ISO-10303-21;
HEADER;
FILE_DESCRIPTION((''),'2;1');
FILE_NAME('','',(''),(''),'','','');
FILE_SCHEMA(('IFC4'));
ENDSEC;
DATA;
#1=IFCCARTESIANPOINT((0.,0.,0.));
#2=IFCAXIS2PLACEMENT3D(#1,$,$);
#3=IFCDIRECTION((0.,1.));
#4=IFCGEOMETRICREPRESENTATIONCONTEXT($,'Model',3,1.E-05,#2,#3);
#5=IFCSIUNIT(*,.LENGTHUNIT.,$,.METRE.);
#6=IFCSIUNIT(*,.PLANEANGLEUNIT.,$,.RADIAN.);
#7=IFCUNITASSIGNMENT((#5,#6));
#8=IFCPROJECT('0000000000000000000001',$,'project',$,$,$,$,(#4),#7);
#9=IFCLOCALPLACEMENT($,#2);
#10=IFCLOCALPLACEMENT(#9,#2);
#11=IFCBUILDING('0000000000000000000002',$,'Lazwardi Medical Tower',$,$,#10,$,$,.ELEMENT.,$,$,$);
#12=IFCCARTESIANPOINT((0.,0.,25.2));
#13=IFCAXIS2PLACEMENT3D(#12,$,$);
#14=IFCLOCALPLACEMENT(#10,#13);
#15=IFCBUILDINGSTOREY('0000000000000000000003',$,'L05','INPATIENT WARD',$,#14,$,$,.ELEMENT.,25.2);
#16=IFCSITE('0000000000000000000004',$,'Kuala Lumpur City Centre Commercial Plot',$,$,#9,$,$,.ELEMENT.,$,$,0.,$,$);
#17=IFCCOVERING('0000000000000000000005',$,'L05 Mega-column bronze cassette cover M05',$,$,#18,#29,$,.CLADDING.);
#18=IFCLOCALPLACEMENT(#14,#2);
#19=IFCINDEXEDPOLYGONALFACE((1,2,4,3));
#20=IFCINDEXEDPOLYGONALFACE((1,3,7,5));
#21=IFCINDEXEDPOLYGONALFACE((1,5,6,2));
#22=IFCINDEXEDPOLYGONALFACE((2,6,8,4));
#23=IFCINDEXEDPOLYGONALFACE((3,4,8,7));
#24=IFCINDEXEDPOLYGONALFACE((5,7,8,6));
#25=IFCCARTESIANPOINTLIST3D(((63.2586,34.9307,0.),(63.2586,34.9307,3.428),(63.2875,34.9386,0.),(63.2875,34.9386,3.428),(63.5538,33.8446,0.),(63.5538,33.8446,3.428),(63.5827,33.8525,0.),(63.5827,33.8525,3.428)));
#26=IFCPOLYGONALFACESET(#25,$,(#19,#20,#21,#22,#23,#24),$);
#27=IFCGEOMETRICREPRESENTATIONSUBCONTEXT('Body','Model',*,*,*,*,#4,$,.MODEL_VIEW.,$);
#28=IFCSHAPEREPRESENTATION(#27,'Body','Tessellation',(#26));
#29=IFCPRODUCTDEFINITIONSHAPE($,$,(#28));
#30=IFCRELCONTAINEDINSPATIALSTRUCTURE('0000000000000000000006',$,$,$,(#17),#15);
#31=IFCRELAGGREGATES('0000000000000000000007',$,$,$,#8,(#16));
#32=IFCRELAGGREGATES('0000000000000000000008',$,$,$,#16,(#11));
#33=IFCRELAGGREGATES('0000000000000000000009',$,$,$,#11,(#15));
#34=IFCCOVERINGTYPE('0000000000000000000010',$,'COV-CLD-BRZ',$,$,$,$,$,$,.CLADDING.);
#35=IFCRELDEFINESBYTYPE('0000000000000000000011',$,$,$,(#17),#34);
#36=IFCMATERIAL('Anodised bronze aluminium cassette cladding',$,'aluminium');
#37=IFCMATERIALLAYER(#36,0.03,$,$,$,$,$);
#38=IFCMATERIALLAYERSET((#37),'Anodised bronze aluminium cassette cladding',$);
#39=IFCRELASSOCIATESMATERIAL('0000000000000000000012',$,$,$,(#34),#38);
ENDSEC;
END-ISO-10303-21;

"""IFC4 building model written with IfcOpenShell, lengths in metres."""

from ifc_helpers import new_model, si_unit, direction, frame, origin, origin_2d, place, context, subcontext, project, spatial, rectangle, extrude, material, layer, layer_set, type_object, element, save


model = new_model("IFC4")

# Units and contexts
model_context = context("Model", 3, precision=1e-05, world=origin(), true_north=direction((0.0, 1.0)))
body_context = subcontext(model_context, "Body", "Model", "MODEL_VIEW")
ifc_project = project(units=[si_unit("LENGTHUNIT", "METRE"), si_unit("PLANEANGLEUNIT", "RADIAN")], contexts=[model_context])

# Site, building, storey
site_placement = place(None, origin())
site = spatial("IfcSite", under=ifc_project, at=site_placement, Name="Kuala Lumpur City Centre Commercial Plot", CompositionType="ELEMENT", RefElevation=0.0)
building_placement = place(site_placement, origin())
building = spatial("IfcBuilding", under=site, at=building_placement, Name="Lazwardi Medical Tower", CompositionType="ELEMENT")
storey_placement = place(building_placement, frame((0.0, 0.0, 25.2)))
storey = spatial("IfcBuildingStorey", under=building, at=storey_placement, Name="L05", Description="INPATIENT WARD", CompositionType="ELEMENT", Elevation=25.2)

# Covering
ifc_material_1 = material(Name="Anodised bronze aluminium cassette cladding", Category="aluminium")
ifc_layer_1 = layer(ifc_material_1, 0.03)
ifc_layer_set_1 = layer_set([ifc_layer_1], Name="Anodised bronze aluminium cassette cladding")
covering_type = type_object("IfcCoveringType", Name="COV-CLD-BRZ", PredefinedType="CLADDING", material=ifc_layer_set_1)
covering_placement = place(storey_placement, frame((63.4207, 34.3916, 0.0), z_axis=(0.0, 0.0, 1.0), x_axis=(-0.262283, 0.964991, 0.0)))
element("IfcCovering", 1, at=covering_placement, inside=storey, type_object=covering_type, Name="L05 Mega-column bronze cassette cover M05", PredefinedType="CLADDING", context=body_context, shape_type="SweptSolid", body=[
    extrude(rectangle(XDim=1.1255, YDim=0.03, at=origin_2d()), origin(), (0.0, 0.0, 1.0), 3.428),
])

save(model, "model.ifc")
